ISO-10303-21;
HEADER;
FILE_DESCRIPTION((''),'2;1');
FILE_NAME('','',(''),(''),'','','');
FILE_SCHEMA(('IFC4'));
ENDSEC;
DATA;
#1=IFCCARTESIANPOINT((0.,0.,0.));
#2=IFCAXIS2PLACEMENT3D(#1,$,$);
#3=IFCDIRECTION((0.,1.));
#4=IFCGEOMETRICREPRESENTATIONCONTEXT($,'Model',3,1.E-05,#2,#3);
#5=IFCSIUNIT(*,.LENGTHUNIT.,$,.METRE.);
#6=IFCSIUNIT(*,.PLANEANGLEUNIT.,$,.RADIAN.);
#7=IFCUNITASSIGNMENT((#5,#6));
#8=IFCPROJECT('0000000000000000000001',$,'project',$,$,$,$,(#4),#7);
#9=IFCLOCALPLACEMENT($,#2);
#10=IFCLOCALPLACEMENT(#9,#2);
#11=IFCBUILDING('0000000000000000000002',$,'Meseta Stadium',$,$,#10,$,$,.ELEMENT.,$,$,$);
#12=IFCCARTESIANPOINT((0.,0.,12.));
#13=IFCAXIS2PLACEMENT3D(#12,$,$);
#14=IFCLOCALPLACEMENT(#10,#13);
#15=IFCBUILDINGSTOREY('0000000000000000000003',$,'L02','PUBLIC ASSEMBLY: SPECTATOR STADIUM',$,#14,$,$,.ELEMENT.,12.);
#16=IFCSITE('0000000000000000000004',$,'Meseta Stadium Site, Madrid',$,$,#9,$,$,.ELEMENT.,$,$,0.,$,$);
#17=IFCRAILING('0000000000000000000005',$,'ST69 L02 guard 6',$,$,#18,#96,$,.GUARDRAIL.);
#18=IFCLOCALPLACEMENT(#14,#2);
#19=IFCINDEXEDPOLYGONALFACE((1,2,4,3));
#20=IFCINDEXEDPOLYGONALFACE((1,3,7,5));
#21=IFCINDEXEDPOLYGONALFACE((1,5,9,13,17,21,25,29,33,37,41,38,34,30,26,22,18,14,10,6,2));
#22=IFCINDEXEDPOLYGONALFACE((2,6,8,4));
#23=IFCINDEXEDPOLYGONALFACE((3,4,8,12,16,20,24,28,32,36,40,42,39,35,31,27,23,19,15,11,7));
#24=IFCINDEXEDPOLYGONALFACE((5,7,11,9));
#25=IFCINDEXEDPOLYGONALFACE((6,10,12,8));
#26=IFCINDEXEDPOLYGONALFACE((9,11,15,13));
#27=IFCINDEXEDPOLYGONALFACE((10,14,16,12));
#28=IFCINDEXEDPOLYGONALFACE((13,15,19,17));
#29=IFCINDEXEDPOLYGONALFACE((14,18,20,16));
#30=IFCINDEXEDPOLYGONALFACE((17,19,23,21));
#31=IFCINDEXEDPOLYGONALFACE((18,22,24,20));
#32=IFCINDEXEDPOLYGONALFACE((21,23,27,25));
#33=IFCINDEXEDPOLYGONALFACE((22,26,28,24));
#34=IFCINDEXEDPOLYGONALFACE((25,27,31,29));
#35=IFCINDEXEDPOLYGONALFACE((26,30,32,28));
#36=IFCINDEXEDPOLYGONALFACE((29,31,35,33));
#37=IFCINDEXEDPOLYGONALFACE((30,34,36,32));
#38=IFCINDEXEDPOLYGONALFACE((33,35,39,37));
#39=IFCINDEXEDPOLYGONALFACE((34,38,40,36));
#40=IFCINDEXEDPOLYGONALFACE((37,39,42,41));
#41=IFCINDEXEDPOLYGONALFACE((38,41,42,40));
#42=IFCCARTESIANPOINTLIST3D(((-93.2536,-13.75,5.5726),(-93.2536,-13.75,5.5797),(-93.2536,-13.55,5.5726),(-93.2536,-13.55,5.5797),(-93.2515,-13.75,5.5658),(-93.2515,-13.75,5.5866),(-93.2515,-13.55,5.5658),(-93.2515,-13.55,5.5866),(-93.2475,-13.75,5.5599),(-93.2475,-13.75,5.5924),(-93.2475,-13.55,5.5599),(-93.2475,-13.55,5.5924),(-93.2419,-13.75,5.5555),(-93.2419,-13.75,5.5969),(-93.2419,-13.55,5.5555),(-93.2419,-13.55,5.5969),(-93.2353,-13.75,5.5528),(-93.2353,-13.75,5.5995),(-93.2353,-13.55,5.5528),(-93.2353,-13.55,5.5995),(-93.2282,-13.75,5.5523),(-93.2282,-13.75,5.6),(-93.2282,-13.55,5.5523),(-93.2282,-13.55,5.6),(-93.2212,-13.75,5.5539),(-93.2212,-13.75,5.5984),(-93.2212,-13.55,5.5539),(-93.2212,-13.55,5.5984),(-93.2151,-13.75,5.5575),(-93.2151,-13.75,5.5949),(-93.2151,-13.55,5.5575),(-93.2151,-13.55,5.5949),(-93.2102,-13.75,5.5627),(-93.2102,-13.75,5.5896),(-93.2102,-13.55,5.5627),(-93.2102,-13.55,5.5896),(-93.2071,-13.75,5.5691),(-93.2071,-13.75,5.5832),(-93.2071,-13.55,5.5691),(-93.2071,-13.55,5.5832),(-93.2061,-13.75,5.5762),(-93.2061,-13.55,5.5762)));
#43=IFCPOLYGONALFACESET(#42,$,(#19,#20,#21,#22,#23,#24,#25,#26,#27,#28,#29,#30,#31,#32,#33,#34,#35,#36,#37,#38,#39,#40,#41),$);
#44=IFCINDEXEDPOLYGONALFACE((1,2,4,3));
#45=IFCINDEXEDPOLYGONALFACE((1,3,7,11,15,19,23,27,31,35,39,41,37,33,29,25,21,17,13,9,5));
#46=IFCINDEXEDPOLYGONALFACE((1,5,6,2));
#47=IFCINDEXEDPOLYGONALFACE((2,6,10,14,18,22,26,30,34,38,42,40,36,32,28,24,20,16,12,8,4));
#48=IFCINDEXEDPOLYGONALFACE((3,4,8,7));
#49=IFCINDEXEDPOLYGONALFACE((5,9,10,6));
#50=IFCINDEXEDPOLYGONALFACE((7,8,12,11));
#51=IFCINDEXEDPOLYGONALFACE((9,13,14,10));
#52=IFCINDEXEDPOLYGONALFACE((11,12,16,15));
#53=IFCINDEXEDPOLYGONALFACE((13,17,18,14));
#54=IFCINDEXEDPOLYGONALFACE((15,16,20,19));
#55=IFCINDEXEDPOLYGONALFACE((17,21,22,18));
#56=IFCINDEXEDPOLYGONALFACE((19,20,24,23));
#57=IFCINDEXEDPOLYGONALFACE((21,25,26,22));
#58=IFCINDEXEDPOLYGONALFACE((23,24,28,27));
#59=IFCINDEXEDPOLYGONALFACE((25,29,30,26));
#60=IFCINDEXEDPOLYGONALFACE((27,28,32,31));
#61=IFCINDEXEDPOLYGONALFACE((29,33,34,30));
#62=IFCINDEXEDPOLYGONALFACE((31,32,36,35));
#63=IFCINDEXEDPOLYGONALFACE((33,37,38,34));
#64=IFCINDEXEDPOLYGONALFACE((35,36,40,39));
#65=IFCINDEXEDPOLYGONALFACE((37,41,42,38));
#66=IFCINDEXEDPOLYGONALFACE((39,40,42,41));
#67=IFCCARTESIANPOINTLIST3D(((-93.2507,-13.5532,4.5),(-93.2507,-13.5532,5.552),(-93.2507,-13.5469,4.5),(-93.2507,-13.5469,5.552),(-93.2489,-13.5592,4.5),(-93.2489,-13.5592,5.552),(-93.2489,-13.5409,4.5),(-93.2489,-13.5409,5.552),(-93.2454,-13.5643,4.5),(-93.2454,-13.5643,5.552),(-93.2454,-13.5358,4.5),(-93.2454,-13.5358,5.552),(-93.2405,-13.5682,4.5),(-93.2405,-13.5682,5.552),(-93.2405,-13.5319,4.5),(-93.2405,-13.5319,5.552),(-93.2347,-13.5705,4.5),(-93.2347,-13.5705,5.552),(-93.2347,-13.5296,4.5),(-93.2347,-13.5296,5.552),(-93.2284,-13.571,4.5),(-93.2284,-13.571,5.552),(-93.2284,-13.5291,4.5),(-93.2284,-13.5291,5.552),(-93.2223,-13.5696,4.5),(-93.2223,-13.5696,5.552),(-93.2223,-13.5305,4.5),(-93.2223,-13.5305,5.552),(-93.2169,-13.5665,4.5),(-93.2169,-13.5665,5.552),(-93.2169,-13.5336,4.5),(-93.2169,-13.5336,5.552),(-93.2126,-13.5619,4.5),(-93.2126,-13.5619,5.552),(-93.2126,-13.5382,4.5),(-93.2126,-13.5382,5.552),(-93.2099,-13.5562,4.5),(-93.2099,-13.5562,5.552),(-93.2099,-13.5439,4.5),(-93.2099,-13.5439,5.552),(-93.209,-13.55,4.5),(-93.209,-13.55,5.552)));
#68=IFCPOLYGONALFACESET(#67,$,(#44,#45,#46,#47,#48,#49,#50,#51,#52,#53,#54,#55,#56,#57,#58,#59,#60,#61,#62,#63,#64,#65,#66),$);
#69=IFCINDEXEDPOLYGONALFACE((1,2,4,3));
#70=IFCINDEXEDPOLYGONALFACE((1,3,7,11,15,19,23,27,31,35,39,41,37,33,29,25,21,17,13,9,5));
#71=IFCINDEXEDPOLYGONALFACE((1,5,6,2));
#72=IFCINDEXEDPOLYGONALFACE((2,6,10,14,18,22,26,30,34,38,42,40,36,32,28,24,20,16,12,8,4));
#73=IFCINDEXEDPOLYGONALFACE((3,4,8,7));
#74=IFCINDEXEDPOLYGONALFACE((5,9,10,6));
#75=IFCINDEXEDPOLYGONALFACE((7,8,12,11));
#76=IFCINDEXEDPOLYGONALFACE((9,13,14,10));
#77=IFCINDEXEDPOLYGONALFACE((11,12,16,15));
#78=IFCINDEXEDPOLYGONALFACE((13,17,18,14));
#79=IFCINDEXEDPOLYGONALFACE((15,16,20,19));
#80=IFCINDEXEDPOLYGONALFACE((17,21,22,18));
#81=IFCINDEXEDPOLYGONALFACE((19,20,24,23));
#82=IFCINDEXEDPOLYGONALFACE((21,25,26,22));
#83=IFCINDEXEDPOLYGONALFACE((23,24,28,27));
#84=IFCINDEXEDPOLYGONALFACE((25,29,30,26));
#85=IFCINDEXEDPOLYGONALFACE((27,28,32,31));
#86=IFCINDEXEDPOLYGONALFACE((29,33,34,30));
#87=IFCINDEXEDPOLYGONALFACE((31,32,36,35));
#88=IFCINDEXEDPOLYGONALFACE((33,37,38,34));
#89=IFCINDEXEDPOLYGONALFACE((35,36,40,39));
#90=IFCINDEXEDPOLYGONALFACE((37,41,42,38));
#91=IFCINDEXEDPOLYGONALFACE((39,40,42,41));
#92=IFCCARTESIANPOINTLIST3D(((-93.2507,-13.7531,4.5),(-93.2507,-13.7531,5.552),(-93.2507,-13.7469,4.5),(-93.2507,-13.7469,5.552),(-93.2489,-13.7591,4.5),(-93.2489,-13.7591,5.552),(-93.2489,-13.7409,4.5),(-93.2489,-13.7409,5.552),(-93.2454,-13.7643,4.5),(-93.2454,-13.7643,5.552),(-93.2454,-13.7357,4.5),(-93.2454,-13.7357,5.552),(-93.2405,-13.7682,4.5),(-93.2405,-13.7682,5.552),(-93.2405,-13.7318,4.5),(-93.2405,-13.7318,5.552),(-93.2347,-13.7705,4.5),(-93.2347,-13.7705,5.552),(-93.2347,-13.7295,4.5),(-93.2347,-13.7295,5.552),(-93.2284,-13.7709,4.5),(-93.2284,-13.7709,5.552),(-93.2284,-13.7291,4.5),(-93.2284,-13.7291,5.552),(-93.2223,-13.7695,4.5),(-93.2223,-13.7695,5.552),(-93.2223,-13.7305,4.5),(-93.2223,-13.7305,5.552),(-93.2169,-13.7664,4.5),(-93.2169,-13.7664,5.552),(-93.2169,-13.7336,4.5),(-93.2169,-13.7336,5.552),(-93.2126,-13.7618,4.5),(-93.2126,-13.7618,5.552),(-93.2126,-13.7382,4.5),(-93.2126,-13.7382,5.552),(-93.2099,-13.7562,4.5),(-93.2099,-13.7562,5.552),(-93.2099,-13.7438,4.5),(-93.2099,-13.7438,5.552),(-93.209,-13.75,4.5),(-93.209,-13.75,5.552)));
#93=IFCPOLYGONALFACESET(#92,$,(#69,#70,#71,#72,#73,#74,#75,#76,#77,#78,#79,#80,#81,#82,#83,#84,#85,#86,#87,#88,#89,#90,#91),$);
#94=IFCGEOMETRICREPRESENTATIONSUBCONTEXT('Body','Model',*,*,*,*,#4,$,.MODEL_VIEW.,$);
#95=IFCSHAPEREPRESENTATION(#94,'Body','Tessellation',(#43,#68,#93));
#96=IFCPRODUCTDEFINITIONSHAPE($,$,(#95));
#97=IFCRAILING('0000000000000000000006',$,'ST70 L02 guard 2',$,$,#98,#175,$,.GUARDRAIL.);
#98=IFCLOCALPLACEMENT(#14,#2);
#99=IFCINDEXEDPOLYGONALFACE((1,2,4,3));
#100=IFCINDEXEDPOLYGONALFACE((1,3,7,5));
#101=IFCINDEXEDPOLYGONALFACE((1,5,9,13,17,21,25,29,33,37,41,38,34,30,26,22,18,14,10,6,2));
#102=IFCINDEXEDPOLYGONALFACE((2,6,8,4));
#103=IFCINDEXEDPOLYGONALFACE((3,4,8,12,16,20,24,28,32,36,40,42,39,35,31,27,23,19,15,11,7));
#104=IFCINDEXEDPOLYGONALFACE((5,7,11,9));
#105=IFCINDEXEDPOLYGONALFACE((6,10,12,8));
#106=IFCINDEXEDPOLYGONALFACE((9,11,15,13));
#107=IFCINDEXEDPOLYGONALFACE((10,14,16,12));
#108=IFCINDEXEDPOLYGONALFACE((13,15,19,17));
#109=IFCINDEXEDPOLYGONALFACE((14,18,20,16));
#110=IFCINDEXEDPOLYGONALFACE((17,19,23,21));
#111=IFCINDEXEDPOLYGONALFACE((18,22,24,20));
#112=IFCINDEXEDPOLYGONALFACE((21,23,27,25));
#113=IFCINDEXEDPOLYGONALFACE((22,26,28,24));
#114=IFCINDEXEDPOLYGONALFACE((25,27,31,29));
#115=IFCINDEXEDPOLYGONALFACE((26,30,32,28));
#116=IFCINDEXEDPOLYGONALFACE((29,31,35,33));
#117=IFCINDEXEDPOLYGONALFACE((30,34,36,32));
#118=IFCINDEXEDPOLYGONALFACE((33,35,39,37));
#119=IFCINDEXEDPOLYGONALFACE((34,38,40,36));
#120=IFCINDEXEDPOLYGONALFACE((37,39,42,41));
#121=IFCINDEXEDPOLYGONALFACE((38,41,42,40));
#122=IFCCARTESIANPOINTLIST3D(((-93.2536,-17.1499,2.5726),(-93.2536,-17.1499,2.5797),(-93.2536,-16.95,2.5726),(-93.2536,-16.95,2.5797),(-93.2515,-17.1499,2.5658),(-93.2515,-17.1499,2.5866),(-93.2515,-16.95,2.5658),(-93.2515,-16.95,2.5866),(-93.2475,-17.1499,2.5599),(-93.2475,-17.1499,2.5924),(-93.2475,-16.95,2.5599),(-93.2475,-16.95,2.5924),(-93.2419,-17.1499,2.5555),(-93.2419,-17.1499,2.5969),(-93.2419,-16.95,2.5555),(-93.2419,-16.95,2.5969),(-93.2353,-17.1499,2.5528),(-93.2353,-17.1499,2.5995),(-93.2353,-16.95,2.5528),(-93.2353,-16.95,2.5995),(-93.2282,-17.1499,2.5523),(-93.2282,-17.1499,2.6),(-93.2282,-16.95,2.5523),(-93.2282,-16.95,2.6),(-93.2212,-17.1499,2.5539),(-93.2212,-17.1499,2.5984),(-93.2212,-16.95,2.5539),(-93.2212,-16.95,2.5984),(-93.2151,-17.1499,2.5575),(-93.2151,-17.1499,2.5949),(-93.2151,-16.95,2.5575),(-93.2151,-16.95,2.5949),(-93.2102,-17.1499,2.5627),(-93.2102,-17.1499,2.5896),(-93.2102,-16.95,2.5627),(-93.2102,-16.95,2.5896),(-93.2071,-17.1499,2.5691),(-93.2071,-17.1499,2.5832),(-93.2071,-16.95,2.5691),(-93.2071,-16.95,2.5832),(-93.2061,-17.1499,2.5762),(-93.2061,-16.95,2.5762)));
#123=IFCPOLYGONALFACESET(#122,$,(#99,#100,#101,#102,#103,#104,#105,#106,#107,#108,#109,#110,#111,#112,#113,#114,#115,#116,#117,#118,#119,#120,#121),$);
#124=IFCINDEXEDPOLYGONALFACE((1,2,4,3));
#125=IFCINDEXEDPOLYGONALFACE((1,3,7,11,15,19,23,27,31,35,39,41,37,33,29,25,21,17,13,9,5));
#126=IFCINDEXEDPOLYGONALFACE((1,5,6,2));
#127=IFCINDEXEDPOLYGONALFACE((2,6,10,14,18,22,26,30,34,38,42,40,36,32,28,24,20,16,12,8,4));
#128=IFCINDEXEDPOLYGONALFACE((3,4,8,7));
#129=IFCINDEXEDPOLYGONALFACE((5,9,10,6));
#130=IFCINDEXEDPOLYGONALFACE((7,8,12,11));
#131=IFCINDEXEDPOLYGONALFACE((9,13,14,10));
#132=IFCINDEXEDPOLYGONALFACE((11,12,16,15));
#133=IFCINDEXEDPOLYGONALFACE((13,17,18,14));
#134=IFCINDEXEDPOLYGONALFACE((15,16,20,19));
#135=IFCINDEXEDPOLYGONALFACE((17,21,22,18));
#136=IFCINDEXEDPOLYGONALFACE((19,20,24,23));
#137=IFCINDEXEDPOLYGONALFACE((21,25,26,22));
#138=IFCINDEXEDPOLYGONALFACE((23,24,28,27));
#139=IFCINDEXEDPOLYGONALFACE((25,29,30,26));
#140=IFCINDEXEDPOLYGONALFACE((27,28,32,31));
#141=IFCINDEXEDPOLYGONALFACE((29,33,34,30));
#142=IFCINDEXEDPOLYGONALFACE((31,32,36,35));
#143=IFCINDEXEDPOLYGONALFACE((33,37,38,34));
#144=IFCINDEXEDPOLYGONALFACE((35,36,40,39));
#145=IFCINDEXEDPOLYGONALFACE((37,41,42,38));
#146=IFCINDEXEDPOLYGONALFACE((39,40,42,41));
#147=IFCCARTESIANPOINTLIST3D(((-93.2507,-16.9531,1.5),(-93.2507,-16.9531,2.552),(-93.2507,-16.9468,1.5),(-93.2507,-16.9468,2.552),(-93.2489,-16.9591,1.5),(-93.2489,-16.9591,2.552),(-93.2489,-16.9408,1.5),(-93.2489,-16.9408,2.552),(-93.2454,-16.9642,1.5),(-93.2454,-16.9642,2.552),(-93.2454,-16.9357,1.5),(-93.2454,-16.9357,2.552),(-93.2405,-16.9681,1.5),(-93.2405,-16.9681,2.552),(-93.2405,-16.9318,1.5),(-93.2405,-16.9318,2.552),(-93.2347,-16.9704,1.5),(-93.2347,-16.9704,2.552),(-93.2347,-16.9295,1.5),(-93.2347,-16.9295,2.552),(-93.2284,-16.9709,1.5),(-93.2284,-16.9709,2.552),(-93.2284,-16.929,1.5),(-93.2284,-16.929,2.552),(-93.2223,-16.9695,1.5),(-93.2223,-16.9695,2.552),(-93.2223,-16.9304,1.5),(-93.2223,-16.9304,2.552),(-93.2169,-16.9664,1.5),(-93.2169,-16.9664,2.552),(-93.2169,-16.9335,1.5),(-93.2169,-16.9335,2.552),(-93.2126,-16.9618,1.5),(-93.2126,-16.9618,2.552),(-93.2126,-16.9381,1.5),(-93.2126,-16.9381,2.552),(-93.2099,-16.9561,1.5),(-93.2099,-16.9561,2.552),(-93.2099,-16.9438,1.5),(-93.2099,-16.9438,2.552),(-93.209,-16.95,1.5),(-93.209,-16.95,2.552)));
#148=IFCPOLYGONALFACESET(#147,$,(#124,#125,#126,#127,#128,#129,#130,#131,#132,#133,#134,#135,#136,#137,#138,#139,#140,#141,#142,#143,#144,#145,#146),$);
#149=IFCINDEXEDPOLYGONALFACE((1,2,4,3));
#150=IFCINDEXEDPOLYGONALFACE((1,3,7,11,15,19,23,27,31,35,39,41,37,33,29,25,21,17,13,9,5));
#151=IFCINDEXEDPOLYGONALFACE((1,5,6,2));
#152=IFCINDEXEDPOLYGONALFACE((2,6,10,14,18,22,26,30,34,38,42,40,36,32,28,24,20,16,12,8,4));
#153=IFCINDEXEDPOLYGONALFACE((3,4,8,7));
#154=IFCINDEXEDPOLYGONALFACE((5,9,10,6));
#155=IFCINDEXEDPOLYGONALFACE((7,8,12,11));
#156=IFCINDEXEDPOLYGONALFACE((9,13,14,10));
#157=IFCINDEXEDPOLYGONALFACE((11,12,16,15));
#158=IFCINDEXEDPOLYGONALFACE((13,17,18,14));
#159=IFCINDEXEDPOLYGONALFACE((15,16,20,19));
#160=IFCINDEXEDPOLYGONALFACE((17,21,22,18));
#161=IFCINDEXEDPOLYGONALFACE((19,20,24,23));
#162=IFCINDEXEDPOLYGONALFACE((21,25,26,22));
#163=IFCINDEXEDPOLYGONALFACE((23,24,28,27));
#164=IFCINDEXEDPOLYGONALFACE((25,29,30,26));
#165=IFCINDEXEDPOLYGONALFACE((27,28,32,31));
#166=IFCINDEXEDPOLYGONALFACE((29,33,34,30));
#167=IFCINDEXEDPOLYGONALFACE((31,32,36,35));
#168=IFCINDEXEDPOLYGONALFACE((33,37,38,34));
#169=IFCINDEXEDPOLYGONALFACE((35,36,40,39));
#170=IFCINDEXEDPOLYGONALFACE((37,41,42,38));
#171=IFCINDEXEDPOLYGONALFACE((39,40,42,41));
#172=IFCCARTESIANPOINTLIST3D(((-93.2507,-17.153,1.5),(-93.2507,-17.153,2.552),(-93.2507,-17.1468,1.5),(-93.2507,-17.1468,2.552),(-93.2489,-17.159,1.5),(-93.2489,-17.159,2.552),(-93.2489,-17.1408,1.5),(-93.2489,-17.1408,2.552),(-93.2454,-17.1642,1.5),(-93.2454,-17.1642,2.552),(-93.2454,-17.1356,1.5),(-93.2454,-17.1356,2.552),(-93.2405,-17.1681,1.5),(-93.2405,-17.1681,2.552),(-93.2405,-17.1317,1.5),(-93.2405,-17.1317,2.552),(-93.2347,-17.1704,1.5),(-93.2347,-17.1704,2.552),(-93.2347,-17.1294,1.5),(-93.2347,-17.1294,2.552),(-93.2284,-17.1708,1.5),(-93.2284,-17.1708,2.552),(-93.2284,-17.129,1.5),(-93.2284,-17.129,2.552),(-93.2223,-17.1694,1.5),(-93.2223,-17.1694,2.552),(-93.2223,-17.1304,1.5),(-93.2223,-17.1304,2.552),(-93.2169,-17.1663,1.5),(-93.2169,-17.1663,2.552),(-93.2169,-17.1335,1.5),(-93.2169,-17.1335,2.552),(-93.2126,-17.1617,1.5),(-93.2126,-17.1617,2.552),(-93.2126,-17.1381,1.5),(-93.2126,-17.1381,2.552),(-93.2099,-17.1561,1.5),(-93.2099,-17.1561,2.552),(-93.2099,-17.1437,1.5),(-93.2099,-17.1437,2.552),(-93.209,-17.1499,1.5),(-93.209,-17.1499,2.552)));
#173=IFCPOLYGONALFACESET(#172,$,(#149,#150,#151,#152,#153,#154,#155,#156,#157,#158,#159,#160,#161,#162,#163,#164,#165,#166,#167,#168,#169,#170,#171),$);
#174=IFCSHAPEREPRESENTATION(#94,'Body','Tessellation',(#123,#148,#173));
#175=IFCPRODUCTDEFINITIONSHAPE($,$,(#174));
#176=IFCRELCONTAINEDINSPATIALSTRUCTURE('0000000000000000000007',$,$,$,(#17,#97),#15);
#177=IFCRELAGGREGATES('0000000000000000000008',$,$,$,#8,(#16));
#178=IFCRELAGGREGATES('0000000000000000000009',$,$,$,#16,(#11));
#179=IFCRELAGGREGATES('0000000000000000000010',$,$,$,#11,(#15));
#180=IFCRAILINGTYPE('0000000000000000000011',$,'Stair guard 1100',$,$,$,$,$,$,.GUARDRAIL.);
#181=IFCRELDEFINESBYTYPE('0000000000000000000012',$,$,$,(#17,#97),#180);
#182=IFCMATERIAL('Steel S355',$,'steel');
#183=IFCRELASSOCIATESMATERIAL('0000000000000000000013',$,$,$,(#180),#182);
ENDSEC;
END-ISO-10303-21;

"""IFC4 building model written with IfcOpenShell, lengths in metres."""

from ifc_helpers import new_model, si_unit, direction, frame, origin, origin_2d, place, context, subcontext, project, spatial, circle, extrude, material, type_object, element, save


model = new_model("IFC4")

# Units and contexts
model_context = context("Model", 3, precision=1e-05, world=origin(), true_north=direction((0.0, 1.0)))
body_context = subcontext(model_context, "Body", "Model", "MODEL_VIEW")
ifc_project = project(units=[si_unit("LENGTHUNIT", "METRE"), si_unit("PLANEANGLEUNIT", "RADIAN")], contexts=[model_context])

# Site, building, storey
site_placement = place(None, origin())
site = spatial("IfcSite", under=ifc_project, at=site_placement, Name="Meseta Stadium Site, Madrid", CompositionType="ELEMENT", RefElevation=0.0)
building_placement = place(site_placement, origin())
building = spatial("IfcBuilding", under=site, at=building_placement, Name="Meseta Stadium", CompositionType="ELEMENT")
storey_placement = place(building_placement, frame((0.0, 0.0, 12.0)))
storey = spatial("IfcBuildingStorey", under=building, at=storey_placement, Name="L02", Description="PUBLIC ASSEMBLY: SPECTATOR STADIUM", CompositionType="ELEMENT", Elevation=12.0)

# Railings
ifc_material_1 = material(Name="Steel S355", Category="steel")
railing_type = type_object("IfcRailingType", Name="Stair guard 1100", PredefinedType="GUARDRAIL", material=ifc_material_1)
for number, where, name in (
    (1, (-93.23, -13.55, 4.5), "ST69 L02 guard 6"),
    (2, (-93.23, -16.95, 1.5), "ST70 L02 guard 2"),
):
    element("IfcRailing", number, at=place(storey_placement, frame(where)), inside=storey, type_object=railing_type, Name=name, PredefinedType="GUARDRAIL", context=body_context, shape_type="SweptSolid", body=[
        extrude(circle(Radius=0.0239, at=origin_2d()), frame((0.0, 0.0, 1.0762), z_axis=(0.0, -1.0, 0.0), x_axis=(1.0, 0.0, 0.0)), (0.0, 0.0, 1.0), 0.2),
        extrude(circle(Radius=0.021, at=origin_2d()), origin(), (0.0, 0.0, 1.0), 1.052),
        extrude(circle(Radius=0.021, at=origin_2d()), frame((0.0, -0.2, 0.0)), (0.0, 0.0, 1.0), 1.052),
    ])

save(model, "model.ifc")
